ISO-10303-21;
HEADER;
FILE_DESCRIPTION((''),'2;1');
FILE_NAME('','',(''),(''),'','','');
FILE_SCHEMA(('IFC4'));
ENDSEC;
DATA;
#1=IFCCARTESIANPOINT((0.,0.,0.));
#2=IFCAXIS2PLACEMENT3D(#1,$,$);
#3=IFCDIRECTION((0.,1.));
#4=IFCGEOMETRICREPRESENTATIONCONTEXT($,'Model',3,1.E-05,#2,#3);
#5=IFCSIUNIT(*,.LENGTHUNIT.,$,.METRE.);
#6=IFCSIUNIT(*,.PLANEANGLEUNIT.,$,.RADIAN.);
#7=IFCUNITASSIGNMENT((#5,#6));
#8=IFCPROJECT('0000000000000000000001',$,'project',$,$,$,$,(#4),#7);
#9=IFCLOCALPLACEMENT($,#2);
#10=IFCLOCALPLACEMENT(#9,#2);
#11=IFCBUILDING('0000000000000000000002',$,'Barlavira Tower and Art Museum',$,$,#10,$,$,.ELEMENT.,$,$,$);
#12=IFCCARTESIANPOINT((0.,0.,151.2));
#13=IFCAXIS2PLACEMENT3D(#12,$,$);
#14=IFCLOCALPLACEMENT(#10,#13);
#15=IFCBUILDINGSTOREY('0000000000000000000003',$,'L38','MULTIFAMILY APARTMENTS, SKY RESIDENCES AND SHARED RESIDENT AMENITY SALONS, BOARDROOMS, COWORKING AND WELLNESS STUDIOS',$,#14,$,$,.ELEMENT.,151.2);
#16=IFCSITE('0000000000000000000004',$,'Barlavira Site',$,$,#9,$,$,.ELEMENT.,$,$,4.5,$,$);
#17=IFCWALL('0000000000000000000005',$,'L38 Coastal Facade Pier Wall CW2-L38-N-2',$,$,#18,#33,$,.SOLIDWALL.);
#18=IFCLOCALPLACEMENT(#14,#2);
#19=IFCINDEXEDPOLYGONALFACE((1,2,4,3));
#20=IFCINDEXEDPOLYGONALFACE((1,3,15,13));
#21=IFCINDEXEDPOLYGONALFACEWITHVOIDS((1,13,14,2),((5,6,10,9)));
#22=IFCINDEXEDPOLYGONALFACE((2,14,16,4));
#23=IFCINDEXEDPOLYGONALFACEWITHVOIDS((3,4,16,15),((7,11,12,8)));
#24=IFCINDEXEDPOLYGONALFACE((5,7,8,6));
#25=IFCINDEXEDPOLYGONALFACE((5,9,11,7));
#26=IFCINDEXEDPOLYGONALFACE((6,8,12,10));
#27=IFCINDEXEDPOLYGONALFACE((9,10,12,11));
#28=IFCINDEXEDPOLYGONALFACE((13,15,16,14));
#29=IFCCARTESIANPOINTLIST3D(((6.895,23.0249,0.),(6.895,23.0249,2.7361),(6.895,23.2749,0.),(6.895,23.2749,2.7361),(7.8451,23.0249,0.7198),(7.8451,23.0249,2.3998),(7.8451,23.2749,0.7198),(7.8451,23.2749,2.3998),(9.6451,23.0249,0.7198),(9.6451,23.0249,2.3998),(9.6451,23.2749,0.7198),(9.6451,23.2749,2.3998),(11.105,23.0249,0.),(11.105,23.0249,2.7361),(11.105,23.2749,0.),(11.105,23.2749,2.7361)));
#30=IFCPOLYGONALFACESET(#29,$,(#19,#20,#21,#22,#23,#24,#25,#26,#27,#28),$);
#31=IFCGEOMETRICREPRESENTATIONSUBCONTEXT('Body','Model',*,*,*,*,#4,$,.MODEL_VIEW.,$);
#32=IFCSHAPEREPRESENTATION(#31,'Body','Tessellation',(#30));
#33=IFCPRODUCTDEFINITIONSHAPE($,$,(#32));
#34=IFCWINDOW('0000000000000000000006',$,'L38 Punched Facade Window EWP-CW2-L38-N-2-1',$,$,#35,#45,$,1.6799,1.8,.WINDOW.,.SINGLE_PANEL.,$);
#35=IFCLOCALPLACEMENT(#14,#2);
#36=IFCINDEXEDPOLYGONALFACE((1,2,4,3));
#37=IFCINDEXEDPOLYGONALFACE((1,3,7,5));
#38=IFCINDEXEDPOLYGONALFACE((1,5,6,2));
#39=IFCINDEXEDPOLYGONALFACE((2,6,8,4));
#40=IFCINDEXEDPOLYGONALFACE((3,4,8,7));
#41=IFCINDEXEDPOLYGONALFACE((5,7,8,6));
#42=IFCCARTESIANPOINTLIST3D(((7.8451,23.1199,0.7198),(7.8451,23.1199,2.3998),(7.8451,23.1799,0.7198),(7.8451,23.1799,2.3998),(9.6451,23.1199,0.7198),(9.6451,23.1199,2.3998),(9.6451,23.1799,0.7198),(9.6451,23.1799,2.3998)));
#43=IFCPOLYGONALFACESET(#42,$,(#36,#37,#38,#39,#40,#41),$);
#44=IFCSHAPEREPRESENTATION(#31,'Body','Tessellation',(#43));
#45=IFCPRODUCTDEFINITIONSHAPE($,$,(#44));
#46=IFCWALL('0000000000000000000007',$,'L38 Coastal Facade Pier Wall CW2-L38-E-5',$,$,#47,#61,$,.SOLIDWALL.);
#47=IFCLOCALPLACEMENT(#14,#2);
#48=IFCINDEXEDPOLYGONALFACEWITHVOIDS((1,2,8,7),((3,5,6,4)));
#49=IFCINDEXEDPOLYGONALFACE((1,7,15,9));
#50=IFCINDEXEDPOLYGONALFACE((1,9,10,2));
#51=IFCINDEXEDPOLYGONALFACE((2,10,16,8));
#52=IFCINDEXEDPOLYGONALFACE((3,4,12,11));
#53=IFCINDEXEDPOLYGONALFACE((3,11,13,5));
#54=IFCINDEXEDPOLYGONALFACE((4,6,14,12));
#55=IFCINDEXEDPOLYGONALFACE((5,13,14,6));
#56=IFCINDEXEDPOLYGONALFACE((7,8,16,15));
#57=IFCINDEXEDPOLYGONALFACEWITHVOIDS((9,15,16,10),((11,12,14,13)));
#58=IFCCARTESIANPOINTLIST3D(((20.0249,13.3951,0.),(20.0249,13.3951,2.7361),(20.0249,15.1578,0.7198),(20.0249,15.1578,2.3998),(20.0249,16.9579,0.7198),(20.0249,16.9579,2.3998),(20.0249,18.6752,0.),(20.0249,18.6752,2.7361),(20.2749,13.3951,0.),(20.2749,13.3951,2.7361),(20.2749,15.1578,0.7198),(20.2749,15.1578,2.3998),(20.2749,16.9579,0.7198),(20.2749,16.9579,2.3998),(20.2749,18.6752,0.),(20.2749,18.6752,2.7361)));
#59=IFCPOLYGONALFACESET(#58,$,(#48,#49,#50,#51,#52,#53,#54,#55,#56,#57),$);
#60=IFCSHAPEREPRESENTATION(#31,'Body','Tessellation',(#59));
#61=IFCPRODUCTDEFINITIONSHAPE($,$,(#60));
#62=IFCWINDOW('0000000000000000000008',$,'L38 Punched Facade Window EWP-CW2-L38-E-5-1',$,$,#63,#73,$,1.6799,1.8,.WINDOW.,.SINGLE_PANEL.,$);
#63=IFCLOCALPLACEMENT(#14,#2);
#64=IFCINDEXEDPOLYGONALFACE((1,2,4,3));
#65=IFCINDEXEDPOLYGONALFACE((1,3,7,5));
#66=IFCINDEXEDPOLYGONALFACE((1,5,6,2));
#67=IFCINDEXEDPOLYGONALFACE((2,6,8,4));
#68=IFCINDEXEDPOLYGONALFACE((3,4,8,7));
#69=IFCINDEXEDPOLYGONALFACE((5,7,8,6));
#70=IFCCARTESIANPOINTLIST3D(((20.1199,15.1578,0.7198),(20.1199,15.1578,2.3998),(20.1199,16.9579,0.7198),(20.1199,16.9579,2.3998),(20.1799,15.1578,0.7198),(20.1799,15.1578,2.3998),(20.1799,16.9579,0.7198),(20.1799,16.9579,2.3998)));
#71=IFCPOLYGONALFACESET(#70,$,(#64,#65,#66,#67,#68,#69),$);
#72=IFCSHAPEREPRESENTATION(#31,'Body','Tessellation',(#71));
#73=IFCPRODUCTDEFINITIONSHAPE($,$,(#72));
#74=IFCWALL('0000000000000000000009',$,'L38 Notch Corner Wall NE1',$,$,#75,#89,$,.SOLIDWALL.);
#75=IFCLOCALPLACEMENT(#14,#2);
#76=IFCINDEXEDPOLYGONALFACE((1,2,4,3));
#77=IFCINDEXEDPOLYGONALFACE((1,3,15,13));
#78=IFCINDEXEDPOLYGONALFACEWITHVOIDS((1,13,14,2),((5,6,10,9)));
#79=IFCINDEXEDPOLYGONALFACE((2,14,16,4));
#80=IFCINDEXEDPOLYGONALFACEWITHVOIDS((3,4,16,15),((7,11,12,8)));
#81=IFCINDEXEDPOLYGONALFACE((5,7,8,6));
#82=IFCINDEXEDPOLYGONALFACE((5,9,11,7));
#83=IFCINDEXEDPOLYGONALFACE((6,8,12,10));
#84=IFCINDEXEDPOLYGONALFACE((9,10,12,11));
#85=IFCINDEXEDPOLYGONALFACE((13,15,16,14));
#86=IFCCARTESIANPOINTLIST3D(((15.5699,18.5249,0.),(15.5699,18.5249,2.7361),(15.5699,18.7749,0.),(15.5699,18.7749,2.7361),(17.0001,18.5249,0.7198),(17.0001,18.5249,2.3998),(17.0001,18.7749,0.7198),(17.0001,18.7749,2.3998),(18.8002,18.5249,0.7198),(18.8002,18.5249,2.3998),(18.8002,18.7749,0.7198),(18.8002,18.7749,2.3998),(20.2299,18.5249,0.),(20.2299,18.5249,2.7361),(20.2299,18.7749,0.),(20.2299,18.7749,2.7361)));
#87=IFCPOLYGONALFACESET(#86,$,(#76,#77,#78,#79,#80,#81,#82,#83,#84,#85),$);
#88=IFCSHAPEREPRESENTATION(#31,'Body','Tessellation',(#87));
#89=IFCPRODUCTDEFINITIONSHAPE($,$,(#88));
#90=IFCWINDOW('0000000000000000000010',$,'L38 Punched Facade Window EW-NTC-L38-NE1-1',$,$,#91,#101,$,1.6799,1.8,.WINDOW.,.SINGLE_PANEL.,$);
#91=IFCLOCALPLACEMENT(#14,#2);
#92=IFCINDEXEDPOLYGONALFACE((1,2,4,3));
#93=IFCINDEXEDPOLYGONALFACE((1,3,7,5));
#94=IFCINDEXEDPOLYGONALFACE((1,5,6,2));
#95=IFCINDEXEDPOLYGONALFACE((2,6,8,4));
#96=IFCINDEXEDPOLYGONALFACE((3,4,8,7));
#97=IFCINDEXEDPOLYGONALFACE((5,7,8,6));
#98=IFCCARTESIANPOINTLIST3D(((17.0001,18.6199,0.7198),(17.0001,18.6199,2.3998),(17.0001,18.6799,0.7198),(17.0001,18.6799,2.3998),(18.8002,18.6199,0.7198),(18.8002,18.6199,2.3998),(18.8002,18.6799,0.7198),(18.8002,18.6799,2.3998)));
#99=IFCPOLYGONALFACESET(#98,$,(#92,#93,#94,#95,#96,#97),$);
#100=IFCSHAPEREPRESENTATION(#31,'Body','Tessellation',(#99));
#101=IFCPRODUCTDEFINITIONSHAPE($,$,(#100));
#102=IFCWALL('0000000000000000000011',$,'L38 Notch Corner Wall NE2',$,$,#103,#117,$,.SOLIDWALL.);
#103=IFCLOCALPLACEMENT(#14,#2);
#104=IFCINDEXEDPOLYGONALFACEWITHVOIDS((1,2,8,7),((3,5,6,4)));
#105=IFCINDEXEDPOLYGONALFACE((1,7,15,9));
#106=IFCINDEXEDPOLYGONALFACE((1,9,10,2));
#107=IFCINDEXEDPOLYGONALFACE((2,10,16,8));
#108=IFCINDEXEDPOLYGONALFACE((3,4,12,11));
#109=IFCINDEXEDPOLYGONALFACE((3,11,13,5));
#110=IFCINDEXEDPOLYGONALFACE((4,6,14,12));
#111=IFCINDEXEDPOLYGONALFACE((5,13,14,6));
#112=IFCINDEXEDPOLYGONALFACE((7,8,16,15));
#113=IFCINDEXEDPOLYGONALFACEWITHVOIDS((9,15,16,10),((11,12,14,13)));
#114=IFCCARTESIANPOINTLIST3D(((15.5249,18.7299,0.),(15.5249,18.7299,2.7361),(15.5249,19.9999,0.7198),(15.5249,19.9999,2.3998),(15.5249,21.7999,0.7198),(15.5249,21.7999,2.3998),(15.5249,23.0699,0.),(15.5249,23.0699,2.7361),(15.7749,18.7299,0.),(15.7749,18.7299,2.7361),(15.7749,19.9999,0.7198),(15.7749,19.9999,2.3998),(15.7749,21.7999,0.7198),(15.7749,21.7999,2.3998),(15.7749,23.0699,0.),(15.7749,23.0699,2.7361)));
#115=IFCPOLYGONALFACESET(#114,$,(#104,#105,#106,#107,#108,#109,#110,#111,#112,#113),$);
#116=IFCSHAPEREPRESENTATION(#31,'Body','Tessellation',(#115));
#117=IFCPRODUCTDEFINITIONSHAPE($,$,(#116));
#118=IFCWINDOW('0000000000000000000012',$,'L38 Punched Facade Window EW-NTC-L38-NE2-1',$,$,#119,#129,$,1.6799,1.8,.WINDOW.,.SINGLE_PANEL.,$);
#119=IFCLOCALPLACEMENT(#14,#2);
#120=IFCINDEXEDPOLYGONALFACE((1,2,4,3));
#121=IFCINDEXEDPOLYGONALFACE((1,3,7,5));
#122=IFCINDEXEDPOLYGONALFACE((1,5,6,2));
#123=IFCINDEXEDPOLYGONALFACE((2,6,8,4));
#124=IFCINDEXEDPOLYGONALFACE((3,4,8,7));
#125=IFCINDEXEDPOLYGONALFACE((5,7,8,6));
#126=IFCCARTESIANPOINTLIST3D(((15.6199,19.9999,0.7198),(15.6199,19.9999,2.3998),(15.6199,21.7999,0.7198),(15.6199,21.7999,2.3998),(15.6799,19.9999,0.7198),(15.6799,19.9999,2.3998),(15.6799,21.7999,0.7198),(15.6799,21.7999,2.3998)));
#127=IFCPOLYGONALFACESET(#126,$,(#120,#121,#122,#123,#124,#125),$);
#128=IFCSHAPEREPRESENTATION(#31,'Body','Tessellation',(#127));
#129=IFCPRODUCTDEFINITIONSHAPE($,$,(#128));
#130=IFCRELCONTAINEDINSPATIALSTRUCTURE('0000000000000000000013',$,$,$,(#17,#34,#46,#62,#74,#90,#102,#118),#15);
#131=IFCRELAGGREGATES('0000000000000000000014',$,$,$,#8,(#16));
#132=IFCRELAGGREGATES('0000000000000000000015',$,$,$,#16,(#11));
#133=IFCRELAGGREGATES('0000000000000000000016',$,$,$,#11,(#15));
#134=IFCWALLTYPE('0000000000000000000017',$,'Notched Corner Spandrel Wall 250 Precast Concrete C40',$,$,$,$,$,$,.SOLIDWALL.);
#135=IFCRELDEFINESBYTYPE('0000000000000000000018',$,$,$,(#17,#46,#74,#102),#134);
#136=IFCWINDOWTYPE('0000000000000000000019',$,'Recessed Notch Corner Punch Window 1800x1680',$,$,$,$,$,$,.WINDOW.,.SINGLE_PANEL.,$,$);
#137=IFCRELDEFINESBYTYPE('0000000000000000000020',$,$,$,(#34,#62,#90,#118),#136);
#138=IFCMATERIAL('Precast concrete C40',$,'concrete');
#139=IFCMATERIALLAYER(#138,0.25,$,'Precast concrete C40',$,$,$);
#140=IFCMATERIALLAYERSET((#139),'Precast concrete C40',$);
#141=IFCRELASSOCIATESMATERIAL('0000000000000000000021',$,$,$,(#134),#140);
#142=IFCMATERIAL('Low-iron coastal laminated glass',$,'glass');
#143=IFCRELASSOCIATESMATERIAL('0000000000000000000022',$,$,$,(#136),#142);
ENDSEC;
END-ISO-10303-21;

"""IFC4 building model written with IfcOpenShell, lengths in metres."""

from ifc_helpers import new_model, si_unit, direction, frame, frame_2d, origin, place, context, subcontext, project, spatial, rectangle, extrude, material, layer, layer_set, type_object, element, fill, save


model = new_model("IFC4")

# Units and contexts
model_context = context("Model", 3, precision=1e-05, world=origin(), true_north=direction((0.0, 1.0)))
body_context = subcontext(model_context, "Body", "Model", "MODEL_VIEW")
ifc_project = project(units=[si_unit("LENGTHUNIT", "METRE"), si_unit("PLANEANGLEUNIT", "RADIAN")], contexts=[model_context])

# Site, building, storey
site_placement = place(None, origin())
site = spatial("IfcSite", under=ifc_project, at=site_placement, Name="Barlavira Site", CompositionType="ELEMENT", RefElevation=4.5)
building_placement = place(site_placement, origin())
building = spatial("IfcBuilding", under=site, at=building_placement, Name="Barlavira Tower and Art Museum", CompositionType="ELEMENT")
storey_placement = place(building_placement, frame((0.0, 0.0, 151.2)))
storey = spatial("IfcBuildingStorey", under=building, at=storey_placement, Name="L38", Description="MULTIFAMILY APARTMENTS, SKY RESIDENCES AND SHARED RESIDENT AMENITY SALONS, BOARDROOMS, COWORKING AND WELLNESS STUDIOS", CompositionType="ELEMENT", Elevation=151.2)

# Walls, openings, windows
ifc_material_1 = material(Name="Precast concrete C40", Category="concrete")
ifc_layer_1 = layer(ifc_material_1, 0.25, Name="Precast concrete C40")
ifc_layer_set_1 = layer_set([ifc_layer_1], Name="Precast concrete C40")
wall_type_1 = type_object("IfcWallType", Name="Notched Corner Spandrel Wall 250 Precast Concrete C40", PredefinedType="SOLIDWALL", material=ifc_layer_set_1)
ifc_material_2 = material(Name="Low-iron coastal laminated glass", Category="glass")
window_type = type_object("IfcWindowType", Name="Recessed Notch Corner Punch Window 1800x1680", PartitioningType="SINGLE_PANEL", PredefinedType="WINDOW", material=ifc_material_2)
wall_1_placement = place(storey_placement, frame((11.105, 23.1499, 0.0), z_axis=(0.0, 0.0, 1.0), x_axis=(-1.0, 0.0, 0.0)))
wall_1 = element("IfcWall", 1, at=wall_1_placement, inside=storey, type_object=wall_type_1, Name="L38 Coastal Facade Pier Wall CW2-L38-N-2", PredefinedType="SOLIDWALL", context=body_context, shape_type="SweptSolid", body=[
    extrude(rectangle(XDim=4.21, YDim=0.25, at=frame_2d((2.105, 0.0))), origin(), (0.0, 0.0, 1.0), 2.7361),
])
opening_1_placement = place(wall_1_placement, frame((1.46, 0.0, 0.72)))
opening_1 = element("IfcOpeningElement", 2, at=opening_1_placement, cuts=wall_1, PredefinedType="OPENING", context=body_context, shape_type="SweptSolid", body=[
    extrude(rectangle(XDim=1.8, YDim=1.6799, at=frame_2d((0.8999, 0.8398))), frame((0.0, 0.135, 0.0), z_axis=(0.0, -1.0, 0.0), x_axis=(1.0, 0.0, 0.0)), (0.0, 0.0, 1.0), 0.27),
])
window_1_placement = place(opening_1_placement, origin())
window_1 = element("IfcWindow", 3, at=window_1_placement, inside=storey, type_object=window_type, Name="L38 Punched Facade Window EWP-CW2-L38-N-2-1", OverallHeight=1.6799, OverallWidth=1.8, PartitioningType="SINGLE_PANEL", PredefinedType="WINDOW", context=body_context, shape_type="SweptSolid", body=[
    extrude(rectangle(XDim=1.8, YDim=1.6799, at=frame_2d((0.8999, 0.8398))), frame((0.0, 0.03, 0.0), z_axis=(0.0, -1.0, 0.0), x_axis=(1.0, 0.0, 0.0)), (0.0, 0.0, 1.0), 0.0601),
])
fill(opening_1, window_1)
wall_2_placement = place(storey_placement, frame((20.1499, 13.395, 0.0), z_axis=(0.0, 0.0, 1.0), x_axis=(0.0, 1.0, 0.0)))
wall_2 = element("IfcWall", 4, at=wall_2_placement, inside=storey, type_object=wall_type_1, Name="L38 Coastal Facade Pier Wall CW2-L38-E-5", PredefinedType="SOLIDWALL", context=body_context, shape_type="SweptSolid", body=[
    extrude(rectangle(XDim=5.28, YDim=0.25, at=frame_2d((2.6401, 0.0))), origin(), (0.0, 0.0, 1.0), 2.7361),
])
opening_2_placement = place(wall_2_placement, frame((1.7629, 0.0, 0.72)))
opening_2 = element("IfcOpeningElement", 5, at=opening_2_placement, cuts=wall_2, PredefinedType="OPENING", context=body_context, shape_type="SweptSolid", body=[
    extrude(rectangle(XDim=1.8, YDim=1.6799, at=frame_2d((0.8999, 0.8398))), frame((0.0, 0.135, 0.0), z_axis=(0.0, -1.0, 0.0), x_axis=(1.0, 0.0, 0.0)), (0.0, 0.0, 1.0), 0.27),
])
window_2_placement = place(opening_2_placement, origin())
window_2 = element("IfcWindow", 6, at=window_2_placement, inside=storey, type_object=window_type, Name="L38 Punched Facade Window EWP-CW2-L38-E-5-1", OverallHeight=1.6799, OverallWidth=1.8, PartitioningType="SINGLE_PANEL", PredefinedType="WINDOW", context=body_context, shape_type="SweptSolid", body=[
    extrude(rectangle(XDim=1.8, YDim=1.6799, at=frame_2d((0.8999, 0.8398))), frame((0.0, 0.03, 0.0), z_axis=(0.0, -1.0, 0.0), x_axis=(1.0, 0.0, 0.0)), (0.0, 0.0, 1.0), 0.0601),
])
fill(opening_2, window_2)
wall_3_placement = place(storey_placement, frame((20.23, 18.6499, 0.0), z_axis=(0.0, 0.0, 1.0), x_axis=(-1.0, 0.0, 0.0)))
wall_3 = element("IfcWall", 7, at=wall_3_placement, inside=storey, type_object=wall_type_1, Name="L38 Notch Corner Wall NE1", PredefinedType="SOLIDWALL", context=body_context, shape_type="SweptSolid", body=[
    extrude(rectangle(XDim=4.6599, YDim=0.25, at=frame_2d((2.3301, 0.0))), origin(), (0.0, 0.0, 1.0), 2.7361),
])
opening_3_placement = place(wall_3_placement, frame((1.4299, 0.0, 0.72)))
opening_3 = element("IfcOpeningElement", 8, at=opening_3_placement, cuts=wall_3, PredefinedType="OPENING", context=body_context, shape_type="SweptSolid", body=[
    extrude(rectangle(XDim=1.8, YDim=1.6799, at=frame_2d((0.8999, 0.8398))), frame((0.0, 0.135, 0.0), z_axis=(0.0, -1.0, 0.0), x_axis=(1.0, 0.0, 0.0)), (0.0, 0.0, 1.0), 0.27),
])
window_3_placement = place(opening_3_placement, origin())
window_3 = element("IfcWindow", 9, at=window_3_placement, inside=storey, type_object=window_type, Name="L38 Punched Facade Window EW-NTC-L38-NE1-1", OverallHeight=1.6799, OverallWidth=1.8, PartitioningType="SINGLE_PANEL", PredefinedType="WINDOW", context=body_context, shape_type="SweptSolid", body=[
    extrude(rectangle(XDim=1.8, YDim=1.6799, at=frame_2d((0.8999, 0.8398))), frame((0.0, 0.03, 0.0), z_axis=(0.0, -1.0, 0.0), x_axis=(1.0, 0.0, 0.0)), (0.0, 0.0, 1.0), 0.0601),
])
fill(opening_3, window_3)
wall_4_placement = place(storey_placement, frame((15.6499, 18.73, 0.0), z_axis=(0.0, 0.0, 1.0), x_axis=(0.0, 1.0, 0.0)))
wall_4 = element("IfcWall", 10, at=wall_4_placement, inside=storey, type_object=wall_type_1, Name="L38 Notch Corner Wall NE2", PredefinedType="SOLIDWALL", context=body_context, shape_type="SweptSolid", body=[
    extrude(rectangle(XDim=4.3401, YDim=0.25, at=frame_2d((2.1699, 0.0))), origin(), (0.0, 0.0, 1.0), 2.7361),
])
opening_4_placement = place(wall_4_placement, frame((1.27, 0.0, 0.72)))
opening_4 = element("IfcOpeningElement", 11, at=opening_4_placement, cuts=wall_4, PredefinedType="OPENING", context=body_context, shape_type="SweptSolid", body=[
    extrude(rectangle(XDim=1.8, YDim=1.6799, at=frame_2d((0.8999, 0.8398))), frame((0.0, 0.135, 0.0), z_axis=(0.0, -1.0, 0.0), x_axis=(1.0, 0.0, 0.0)), (0.0, 0.0, 1.0), 0.27),
])
window_4_placement = place(opening_4_placement, origin())
window_4 = element("IfcWindow", 12, at=window_4_placement, inside=storey, type_object=window_type, Name="L38 Punched Facade Window EW-NTC-L38-NE2-1", OverallHeight=1.6799, OverallWidth=1.8, PartitioningType="SINGLE_PANEL", PredefinedType="WINDOW", context=body_context, shape_type="SweptSolid", body=[
    extrude(rectangle(XDim=1.8, YDim=1.6799, at=frame_2d((0.8999, 0.8398))), frame((0.0, 0.03, 0.0), z_axis=(0.0, -1.0, 0.0), x_axis=(1.0, 0.0, 0.0)), (0.0, 0.0, 1.0), 0.0601),
])
fill(opening_4, window_4)

save(model, "model.ifc")
